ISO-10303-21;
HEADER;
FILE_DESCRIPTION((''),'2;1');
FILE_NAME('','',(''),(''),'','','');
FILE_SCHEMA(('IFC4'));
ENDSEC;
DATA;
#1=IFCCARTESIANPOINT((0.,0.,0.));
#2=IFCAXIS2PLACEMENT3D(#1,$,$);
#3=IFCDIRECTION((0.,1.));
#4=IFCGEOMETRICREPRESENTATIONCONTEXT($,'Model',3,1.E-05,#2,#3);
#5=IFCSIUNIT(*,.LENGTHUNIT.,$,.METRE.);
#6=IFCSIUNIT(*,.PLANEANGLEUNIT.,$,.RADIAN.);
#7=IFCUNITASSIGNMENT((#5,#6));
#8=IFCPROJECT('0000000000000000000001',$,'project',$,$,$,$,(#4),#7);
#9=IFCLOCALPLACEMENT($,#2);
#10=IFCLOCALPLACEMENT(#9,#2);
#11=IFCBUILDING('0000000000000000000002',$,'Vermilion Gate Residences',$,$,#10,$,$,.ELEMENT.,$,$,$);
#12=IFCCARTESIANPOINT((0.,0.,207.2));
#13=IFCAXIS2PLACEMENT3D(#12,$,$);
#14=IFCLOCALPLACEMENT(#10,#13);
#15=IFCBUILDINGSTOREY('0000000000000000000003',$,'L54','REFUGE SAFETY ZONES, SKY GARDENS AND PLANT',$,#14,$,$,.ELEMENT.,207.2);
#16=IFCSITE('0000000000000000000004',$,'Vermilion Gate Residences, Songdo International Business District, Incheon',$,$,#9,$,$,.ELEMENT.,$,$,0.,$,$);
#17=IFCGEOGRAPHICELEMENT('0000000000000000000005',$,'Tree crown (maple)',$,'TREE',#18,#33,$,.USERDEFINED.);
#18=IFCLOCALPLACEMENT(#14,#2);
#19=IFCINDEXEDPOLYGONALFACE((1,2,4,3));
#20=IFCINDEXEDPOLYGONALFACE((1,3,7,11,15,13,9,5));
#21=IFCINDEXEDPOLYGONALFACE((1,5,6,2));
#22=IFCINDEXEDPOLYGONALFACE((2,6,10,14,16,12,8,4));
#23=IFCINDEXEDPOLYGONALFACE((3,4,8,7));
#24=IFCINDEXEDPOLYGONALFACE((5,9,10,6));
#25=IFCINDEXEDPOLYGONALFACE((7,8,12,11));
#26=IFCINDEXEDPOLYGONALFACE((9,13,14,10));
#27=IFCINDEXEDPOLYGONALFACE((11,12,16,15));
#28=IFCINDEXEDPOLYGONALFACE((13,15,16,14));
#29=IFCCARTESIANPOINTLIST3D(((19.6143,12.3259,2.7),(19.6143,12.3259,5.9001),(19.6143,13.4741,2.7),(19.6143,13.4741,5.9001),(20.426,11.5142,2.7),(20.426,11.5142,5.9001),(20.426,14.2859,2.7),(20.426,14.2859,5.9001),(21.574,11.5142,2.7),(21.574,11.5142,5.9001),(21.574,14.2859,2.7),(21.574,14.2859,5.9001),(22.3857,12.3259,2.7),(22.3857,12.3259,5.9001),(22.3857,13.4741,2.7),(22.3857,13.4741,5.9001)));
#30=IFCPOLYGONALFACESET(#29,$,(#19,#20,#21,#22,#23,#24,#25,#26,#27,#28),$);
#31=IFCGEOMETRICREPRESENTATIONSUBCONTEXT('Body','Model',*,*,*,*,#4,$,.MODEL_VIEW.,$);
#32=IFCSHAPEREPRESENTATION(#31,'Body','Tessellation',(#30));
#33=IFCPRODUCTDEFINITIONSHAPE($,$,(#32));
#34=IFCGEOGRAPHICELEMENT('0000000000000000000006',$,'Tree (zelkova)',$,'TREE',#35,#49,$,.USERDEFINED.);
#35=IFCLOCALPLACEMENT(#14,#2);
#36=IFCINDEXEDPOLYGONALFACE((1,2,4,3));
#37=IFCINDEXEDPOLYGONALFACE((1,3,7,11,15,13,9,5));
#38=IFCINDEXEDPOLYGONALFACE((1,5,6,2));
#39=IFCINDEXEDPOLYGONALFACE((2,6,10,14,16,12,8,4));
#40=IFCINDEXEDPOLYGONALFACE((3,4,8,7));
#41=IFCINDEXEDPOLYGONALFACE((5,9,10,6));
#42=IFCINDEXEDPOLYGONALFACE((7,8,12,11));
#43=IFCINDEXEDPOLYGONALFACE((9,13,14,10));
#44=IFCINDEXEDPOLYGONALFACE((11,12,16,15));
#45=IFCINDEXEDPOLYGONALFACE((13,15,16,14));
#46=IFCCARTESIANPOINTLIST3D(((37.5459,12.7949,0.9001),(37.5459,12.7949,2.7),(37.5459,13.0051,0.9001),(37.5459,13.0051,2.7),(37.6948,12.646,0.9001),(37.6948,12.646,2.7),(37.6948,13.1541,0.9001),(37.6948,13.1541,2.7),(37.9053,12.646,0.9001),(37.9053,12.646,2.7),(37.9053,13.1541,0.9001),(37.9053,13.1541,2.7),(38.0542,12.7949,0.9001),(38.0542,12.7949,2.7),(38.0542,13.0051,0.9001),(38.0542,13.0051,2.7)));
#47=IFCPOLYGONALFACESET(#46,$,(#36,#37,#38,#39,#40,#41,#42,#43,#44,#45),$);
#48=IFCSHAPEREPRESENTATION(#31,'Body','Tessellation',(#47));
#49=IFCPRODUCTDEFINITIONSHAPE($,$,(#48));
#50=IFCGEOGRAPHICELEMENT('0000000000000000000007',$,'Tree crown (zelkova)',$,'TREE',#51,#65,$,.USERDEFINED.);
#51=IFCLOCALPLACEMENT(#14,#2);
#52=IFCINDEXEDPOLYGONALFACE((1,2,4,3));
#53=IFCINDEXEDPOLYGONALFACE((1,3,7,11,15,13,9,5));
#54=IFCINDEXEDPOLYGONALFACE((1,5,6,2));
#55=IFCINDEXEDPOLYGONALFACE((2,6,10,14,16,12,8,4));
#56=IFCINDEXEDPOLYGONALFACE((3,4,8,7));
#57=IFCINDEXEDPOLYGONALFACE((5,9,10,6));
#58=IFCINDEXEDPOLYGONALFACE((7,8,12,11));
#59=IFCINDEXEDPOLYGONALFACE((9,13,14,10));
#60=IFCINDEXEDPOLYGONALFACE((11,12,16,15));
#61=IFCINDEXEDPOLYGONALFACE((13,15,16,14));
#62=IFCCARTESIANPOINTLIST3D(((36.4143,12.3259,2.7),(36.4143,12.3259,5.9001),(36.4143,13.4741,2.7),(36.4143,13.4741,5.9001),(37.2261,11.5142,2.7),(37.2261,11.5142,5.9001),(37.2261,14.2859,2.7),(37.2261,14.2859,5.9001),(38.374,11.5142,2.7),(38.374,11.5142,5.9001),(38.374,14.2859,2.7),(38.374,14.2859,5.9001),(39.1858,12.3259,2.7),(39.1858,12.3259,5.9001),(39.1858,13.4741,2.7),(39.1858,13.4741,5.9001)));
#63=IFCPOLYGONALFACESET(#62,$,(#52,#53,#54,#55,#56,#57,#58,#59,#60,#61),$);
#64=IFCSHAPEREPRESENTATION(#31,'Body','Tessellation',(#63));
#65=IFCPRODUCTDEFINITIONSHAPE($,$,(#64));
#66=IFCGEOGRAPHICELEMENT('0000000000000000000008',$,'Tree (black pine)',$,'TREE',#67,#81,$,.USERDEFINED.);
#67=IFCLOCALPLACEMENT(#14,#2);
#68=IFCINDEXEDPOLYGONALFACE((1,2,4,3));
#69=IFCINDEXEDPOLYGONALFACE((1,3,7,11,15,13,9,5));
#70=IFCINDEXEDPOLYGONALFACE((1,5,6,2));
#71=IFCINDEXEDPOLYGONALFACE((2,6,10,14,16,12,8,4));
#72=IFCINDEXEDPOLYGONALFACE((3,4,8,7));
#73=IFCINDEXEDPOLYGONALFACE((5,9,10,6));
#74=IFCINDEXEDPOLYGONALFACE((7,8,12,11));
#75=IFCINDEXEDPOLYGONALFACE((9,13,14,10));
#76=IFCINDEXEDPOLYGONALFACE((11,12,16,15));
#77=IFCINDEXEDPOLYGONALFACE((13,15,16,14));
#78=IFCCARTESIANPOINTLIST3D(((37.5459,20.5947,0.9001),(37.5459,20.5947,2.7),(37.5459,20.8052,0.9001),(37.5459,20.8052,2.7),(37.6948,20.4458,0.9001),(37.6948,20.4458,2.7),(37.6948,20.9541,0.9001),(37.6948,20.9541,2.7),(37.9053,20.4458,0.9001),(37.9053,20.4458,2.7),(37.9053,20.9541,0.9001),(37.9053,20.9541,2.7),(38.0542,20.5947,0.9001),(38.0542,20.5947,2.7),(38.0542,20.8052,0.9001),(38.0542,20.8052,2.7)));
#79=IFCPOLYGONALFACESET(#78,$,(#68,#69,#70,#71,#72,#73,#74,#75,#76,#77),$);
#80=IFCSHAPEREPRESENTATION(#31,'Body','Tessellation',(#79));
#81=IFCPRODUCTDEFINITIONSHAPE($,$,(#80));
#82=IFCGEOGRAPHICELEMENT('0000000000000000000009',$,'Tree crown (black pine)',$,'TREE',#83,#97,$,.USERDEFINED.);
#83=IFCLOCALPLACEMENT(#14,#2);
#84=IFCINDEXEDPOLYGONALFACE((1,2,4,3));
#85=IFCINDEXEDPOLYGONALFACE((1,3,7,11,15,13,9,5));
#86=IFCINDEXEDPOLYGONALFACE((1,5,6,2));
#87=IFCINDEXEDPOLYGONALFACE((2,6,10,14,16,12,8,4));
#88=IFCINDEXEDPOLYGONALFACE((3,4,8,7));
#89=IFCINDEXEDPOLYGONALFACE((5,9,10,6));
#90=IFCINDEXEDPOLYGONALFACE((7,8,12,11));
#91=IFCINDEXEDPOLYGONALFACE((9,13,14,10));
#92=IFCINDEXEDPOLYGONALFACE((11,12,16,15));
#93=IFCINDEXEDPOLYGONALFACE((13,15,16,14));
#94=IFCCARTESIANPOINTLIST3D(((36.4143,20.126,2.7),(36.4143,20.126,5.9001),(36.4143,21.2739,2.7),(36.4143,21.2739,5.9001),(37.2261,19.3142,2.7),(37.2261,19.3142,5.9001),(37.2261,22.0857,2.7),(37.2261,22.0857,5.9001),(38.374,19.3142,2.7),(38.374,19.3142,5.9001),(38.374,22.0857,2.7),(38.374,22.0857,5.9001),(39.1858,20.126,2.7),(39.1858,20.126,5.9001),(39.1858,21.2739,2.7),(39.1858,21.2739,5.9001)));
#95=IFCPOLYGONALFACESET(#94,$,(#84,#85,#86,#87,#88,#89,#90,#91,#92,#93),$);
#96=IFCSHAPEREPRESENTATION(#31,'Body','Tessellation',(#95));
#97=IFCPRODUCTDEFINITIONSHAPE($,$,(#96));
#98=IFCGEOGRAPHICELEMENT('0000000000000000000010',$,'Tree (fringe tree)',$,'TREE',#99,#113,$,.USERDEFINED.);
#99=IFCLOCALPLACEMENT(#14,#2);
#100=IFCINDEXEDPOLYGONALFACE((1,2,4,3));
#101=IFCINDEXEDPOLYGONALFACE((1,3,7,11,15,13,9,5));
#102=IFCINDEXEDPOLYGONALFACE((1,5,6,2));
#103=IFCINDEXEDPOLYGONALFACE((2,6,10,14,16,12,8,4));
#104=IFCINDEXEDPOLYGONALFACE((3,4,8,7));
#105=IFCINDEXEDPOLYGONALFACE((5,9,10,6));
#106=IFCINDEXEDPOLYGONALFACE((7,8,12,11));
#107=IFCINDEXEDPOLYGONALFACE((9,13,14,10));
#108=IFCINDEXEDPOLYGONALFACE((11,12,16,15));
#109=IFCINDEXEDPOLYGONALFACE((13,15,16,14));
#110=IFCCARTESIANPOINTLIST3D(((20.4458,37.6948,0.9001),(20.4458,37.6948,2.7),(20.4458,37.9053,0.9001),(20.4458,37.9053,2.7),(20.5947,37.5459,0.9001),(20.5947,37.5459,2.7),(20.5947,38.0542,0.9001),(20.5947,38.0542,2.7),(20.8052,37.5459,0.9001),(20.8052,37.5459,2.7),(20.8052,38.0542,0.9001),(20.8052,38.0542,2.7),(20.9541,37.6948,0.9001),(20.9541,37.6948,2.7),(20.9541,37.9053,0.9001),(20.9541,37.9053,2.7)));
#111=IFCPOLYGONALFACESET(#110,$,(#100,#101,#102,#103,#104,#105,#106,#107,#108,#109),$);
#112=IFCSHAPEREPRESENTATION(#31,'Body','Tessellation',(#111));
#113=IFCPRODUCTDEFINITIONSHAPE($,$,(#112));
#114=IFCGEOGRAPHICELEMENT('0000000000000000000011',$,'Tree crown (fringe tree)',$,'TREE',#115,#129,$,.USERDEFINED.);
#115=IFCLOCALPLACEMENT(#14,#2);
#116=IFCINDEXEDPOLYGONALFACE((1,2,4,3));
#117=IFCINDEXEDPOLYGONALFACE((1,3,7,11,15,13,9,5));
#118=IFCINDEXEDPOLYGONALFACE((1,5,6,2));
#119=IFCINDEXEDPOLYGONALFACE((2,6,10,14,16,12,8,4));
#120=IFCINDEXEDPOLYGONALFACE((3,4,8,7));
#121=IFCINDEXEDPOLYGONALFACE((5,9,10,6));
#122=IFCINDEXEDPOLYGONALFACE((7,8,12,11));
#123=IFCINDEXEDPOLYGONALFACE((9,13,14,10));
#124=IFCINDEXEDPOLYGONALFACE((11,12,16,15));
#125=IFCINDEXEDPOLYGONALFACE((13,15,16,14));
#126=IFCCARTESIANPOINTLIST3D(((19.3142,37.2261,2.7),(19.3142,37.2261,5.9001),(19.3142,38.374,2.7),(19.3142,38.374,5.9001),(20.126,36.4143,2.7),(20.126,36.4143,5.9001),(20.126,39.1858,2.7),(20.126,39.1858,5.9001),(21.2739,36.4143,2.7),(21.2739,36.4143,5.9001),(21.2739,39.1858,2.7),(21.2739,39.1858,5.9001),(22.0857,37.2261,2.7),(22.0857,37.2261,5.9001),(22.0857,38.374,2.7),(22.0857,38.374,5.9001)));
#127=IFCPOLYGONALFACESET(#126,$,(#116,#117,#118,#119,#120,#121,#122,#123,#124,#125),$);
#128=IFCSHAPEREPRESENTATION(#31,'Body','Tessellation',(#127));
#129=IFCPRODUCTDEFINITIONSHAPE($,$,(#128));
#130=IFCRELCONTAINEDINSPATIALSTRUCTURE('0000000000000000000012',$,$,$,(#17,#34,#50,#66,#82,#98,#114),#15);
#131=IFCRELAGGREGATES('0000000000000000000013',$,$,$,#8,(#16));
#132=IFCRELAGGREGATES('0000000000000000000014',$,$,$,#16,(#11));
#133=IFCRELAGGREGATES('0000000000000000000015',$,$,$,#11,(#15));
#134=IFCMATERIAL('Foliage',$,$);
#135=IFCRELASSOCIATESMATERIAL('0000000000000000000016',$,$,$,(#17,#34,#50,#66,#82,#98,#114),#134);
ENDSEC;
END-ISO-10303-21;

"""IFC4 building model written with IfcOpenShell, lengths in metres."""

from ifc_helpers import new_model, si_unit, direction, frame, origin, place, context, subcontext, project, spatial, polyline, outline, extrude, material, element, save


model = new_model("IFC4")

# Units and contexts
model_context = context("Model", 3, precision=1e-05, world=origin(), true_north=direction((0.0, 1.0)))
body_context = subcontext(model_context, "Body", "Model", "MODEL_VIEW")
ifc_project = project(units=[si_unit("LENGTHUNIT", "METRE"), si_unit("PLANEANGLEUNIT", "RADIAN")], contexts=[model_context])

# Site, building, storey
site_placement = place(None, origin())
site = spatial("IfcSite", under=ifc_project, at=site_placement, Name="Vermilion Gate Residences, Songdo International Business District, Incheon", CompositionType="ELEMENT", RefElevation=0.0)
building_placement = place(site_placement, origin())
building = spatial("IfcBuilding", under=site, at=building_placement, Name="Vermilion Gate Residences", CompositionType="ELEMENT")
storey_placement = place(building_placement, frame((0.0, 0.0, 207.2)))
storey = spatial("IfcBuildingStorey", under=building, at=storey_placement, Name="L54", Description="REFUGE SAFETY ZONES, SKY GARDENS AND PLANT", CompositionType="ELEMENT", Elevation=207.2)

# Geographic elements
ifc_material_1 = material(Name="Foliage")
geographic_element_1_placement = place(storey_placement, frame((0.0, 0.0, 2.7)))
element("IfcGeographicElement", 1, at=geographic_element_1_placement, inside=storey, material=ifc_material_1, Name="Tree crown (maple)", ObjectType="TREE", PredefinedType="USERDEFINED", context=body_context, shape_type="SweptSolid", body=[
    extrude(outline(polyline([(22.3857, 13.4741), (21.574, 14.2859), (20.426, 14.2859), (19.6143, 13.4741), (19.6143, 12.3259), (20.426, 11.5142), (21.574, 11.5142), (22.3857, 12.3259), (22.3857, 13.4741)])), origin(), (0.0, 0.0, 1.0), 3.2002),
])
geographic_element_2_placement = place(storey_placement, frame((0.0, 0.0, 0.9001)))
element("IfcGeographicElement", 2, at=geographic_element_2_placement, inside=storey, material=ifc_material_1, Name="Tree (zelkova)", ObjectType="TREE", PredefinedType="USERDEFINED", context=body_context, shape_type="SweptSolid", body=[
    extrude(outline(polyline([(38.0542, 13.0051), (37.9053, 13.1541), (37.6948, 13.1541), (37.5459, 13.0051), (37.5459, 12.7949), (37.6948, 12.646), (37.9053, 12.646), (38.0542, 12.7949), (38.0542, 13.0051)])), origin(), (0.0, 0.0, 1.0), 1.7998),
])
geographic_element_3_placement = place(storey_placement, frame((0.0, 0.0, 2.7)))
element("IfcGeographicElement", 3, at=geographic_element_3_placement, inside=storey, material=ifc_material_1, Name="Tree crown (zelkova)", ObjectType="TREE", PredefinedType="USERDEFINED", context=body_context, shape_type="SweptSolid", body=[
    extrude(outline(polyline([(39.1858, 13.4741), (38.374, 14.2859), (37.2261, 14.2859), (36.4143, 13.4741), (36.4143, 12.3259), (37.2261, 11.5142), (38.374, 11.5142), (39.1858, 12.3259), (39.1858, 13.4741)])), origin(), (0.0, 0.0, 1.0), 3.2002),
])
geographic_element_4_placement = place(storey_placement, frame((0.0, 0.0, 0.9001)))
element("IfcGeographicElement", 4, at=geographic_element_4_placement, inside=storey, material=ifc_material_1, Name="Tree (black pine)", ObjectType="TREE", PredefinedType="USERDEFINED", context=body_context, shape_type="SweptSolid", body=[
    extrude(outline(polyline([(38.0542, 20.8052), (37.9053, 20.9541), (37.6948, 20.9541), (37.5459, 20.8052), (37.5459, 20.5947), (37.6948, 20.4458), (37.9053, 20.4458), (38.0542, 20.5947), (38.0542, 20.8052)])), origin(), (0.0, 0.0, 1.0), 1.7998),
])
geographic_element_5_placement = place(storey_placement, frame((0.0, 0.0, 2.7)))
element("IfcGeographicElement", 5, at=geographic_element_5_placement, inside=storey, material=ifc_material_1, Name="Tree crown (black pine)", ObjectType="TREE", PredefinedType="USERDEFINED", context=body_context, shape_type="SweptSolid", body=[
    extrude(outline(polyline([(39.1858, 21.2739), (38.374, 22.0857), (37.2261, 22.0857), (36.4143, 21.2739), (36.4143, 20.126), (37.2261, 19.3142), (38.374, 19.3142), (39.1858, 20.126), (39.1858, 21.2739)])), origin(), (0.0, 0.0, 1.0), 3.2002),
])
geographic_element_6_placement = place(storey_placement, frame((0.0, 0.0, 0.9001)))
element("IfcGeographicElement", 6, at=geographic_element_6_placement, inside=storey, material=ifc_material_1, Name="Tree (fringe tree)", ObjectType="TREE", PredefinedType="USERDEFINED", context=body_context, shape_type="SweptSolid", body=[
    extrude(outline(polyline([(20.9541, 37.9053), (20.8052, 38.0542), (20.5947, 38.0542), (20.4458, 37.9053), (20.4458, 37.6948), (20.5947, 37.5459), (20.8052, 37.5459), (20.9541, 37.6948), (20.9541, 37.9053)])), origin(), (0.0, 0.0, 1.0), 1.7998),
])
geographic_element_7_placement = place(storey_placement, frame((0.0, 0.0, 2.7)))
element("IfcGeographicElement", 7, at=geographic_element_7_placement, inside=storey, material=ifc_material_1, Name="Tree crown (fringe tree)", ObjectType="TREE", PredefinedType="USERDEFINED", context=body_context, shape_type="SweptSolid", body=[
    extrude(outline(polyline([(22.0857, 38.374), (21.2739, 39.1858), (20.126, 39.1858), (19.3142, 38.374), (19.3142, 37.2261), (20.126, 36.4143), (21.2739, 36.4143), (22.0857, 37.2261), (22.0857, 38.374)])), origin(), (0.0, 0.0, 1.0), 3.2002),
])

save(model, "model.ifc")
